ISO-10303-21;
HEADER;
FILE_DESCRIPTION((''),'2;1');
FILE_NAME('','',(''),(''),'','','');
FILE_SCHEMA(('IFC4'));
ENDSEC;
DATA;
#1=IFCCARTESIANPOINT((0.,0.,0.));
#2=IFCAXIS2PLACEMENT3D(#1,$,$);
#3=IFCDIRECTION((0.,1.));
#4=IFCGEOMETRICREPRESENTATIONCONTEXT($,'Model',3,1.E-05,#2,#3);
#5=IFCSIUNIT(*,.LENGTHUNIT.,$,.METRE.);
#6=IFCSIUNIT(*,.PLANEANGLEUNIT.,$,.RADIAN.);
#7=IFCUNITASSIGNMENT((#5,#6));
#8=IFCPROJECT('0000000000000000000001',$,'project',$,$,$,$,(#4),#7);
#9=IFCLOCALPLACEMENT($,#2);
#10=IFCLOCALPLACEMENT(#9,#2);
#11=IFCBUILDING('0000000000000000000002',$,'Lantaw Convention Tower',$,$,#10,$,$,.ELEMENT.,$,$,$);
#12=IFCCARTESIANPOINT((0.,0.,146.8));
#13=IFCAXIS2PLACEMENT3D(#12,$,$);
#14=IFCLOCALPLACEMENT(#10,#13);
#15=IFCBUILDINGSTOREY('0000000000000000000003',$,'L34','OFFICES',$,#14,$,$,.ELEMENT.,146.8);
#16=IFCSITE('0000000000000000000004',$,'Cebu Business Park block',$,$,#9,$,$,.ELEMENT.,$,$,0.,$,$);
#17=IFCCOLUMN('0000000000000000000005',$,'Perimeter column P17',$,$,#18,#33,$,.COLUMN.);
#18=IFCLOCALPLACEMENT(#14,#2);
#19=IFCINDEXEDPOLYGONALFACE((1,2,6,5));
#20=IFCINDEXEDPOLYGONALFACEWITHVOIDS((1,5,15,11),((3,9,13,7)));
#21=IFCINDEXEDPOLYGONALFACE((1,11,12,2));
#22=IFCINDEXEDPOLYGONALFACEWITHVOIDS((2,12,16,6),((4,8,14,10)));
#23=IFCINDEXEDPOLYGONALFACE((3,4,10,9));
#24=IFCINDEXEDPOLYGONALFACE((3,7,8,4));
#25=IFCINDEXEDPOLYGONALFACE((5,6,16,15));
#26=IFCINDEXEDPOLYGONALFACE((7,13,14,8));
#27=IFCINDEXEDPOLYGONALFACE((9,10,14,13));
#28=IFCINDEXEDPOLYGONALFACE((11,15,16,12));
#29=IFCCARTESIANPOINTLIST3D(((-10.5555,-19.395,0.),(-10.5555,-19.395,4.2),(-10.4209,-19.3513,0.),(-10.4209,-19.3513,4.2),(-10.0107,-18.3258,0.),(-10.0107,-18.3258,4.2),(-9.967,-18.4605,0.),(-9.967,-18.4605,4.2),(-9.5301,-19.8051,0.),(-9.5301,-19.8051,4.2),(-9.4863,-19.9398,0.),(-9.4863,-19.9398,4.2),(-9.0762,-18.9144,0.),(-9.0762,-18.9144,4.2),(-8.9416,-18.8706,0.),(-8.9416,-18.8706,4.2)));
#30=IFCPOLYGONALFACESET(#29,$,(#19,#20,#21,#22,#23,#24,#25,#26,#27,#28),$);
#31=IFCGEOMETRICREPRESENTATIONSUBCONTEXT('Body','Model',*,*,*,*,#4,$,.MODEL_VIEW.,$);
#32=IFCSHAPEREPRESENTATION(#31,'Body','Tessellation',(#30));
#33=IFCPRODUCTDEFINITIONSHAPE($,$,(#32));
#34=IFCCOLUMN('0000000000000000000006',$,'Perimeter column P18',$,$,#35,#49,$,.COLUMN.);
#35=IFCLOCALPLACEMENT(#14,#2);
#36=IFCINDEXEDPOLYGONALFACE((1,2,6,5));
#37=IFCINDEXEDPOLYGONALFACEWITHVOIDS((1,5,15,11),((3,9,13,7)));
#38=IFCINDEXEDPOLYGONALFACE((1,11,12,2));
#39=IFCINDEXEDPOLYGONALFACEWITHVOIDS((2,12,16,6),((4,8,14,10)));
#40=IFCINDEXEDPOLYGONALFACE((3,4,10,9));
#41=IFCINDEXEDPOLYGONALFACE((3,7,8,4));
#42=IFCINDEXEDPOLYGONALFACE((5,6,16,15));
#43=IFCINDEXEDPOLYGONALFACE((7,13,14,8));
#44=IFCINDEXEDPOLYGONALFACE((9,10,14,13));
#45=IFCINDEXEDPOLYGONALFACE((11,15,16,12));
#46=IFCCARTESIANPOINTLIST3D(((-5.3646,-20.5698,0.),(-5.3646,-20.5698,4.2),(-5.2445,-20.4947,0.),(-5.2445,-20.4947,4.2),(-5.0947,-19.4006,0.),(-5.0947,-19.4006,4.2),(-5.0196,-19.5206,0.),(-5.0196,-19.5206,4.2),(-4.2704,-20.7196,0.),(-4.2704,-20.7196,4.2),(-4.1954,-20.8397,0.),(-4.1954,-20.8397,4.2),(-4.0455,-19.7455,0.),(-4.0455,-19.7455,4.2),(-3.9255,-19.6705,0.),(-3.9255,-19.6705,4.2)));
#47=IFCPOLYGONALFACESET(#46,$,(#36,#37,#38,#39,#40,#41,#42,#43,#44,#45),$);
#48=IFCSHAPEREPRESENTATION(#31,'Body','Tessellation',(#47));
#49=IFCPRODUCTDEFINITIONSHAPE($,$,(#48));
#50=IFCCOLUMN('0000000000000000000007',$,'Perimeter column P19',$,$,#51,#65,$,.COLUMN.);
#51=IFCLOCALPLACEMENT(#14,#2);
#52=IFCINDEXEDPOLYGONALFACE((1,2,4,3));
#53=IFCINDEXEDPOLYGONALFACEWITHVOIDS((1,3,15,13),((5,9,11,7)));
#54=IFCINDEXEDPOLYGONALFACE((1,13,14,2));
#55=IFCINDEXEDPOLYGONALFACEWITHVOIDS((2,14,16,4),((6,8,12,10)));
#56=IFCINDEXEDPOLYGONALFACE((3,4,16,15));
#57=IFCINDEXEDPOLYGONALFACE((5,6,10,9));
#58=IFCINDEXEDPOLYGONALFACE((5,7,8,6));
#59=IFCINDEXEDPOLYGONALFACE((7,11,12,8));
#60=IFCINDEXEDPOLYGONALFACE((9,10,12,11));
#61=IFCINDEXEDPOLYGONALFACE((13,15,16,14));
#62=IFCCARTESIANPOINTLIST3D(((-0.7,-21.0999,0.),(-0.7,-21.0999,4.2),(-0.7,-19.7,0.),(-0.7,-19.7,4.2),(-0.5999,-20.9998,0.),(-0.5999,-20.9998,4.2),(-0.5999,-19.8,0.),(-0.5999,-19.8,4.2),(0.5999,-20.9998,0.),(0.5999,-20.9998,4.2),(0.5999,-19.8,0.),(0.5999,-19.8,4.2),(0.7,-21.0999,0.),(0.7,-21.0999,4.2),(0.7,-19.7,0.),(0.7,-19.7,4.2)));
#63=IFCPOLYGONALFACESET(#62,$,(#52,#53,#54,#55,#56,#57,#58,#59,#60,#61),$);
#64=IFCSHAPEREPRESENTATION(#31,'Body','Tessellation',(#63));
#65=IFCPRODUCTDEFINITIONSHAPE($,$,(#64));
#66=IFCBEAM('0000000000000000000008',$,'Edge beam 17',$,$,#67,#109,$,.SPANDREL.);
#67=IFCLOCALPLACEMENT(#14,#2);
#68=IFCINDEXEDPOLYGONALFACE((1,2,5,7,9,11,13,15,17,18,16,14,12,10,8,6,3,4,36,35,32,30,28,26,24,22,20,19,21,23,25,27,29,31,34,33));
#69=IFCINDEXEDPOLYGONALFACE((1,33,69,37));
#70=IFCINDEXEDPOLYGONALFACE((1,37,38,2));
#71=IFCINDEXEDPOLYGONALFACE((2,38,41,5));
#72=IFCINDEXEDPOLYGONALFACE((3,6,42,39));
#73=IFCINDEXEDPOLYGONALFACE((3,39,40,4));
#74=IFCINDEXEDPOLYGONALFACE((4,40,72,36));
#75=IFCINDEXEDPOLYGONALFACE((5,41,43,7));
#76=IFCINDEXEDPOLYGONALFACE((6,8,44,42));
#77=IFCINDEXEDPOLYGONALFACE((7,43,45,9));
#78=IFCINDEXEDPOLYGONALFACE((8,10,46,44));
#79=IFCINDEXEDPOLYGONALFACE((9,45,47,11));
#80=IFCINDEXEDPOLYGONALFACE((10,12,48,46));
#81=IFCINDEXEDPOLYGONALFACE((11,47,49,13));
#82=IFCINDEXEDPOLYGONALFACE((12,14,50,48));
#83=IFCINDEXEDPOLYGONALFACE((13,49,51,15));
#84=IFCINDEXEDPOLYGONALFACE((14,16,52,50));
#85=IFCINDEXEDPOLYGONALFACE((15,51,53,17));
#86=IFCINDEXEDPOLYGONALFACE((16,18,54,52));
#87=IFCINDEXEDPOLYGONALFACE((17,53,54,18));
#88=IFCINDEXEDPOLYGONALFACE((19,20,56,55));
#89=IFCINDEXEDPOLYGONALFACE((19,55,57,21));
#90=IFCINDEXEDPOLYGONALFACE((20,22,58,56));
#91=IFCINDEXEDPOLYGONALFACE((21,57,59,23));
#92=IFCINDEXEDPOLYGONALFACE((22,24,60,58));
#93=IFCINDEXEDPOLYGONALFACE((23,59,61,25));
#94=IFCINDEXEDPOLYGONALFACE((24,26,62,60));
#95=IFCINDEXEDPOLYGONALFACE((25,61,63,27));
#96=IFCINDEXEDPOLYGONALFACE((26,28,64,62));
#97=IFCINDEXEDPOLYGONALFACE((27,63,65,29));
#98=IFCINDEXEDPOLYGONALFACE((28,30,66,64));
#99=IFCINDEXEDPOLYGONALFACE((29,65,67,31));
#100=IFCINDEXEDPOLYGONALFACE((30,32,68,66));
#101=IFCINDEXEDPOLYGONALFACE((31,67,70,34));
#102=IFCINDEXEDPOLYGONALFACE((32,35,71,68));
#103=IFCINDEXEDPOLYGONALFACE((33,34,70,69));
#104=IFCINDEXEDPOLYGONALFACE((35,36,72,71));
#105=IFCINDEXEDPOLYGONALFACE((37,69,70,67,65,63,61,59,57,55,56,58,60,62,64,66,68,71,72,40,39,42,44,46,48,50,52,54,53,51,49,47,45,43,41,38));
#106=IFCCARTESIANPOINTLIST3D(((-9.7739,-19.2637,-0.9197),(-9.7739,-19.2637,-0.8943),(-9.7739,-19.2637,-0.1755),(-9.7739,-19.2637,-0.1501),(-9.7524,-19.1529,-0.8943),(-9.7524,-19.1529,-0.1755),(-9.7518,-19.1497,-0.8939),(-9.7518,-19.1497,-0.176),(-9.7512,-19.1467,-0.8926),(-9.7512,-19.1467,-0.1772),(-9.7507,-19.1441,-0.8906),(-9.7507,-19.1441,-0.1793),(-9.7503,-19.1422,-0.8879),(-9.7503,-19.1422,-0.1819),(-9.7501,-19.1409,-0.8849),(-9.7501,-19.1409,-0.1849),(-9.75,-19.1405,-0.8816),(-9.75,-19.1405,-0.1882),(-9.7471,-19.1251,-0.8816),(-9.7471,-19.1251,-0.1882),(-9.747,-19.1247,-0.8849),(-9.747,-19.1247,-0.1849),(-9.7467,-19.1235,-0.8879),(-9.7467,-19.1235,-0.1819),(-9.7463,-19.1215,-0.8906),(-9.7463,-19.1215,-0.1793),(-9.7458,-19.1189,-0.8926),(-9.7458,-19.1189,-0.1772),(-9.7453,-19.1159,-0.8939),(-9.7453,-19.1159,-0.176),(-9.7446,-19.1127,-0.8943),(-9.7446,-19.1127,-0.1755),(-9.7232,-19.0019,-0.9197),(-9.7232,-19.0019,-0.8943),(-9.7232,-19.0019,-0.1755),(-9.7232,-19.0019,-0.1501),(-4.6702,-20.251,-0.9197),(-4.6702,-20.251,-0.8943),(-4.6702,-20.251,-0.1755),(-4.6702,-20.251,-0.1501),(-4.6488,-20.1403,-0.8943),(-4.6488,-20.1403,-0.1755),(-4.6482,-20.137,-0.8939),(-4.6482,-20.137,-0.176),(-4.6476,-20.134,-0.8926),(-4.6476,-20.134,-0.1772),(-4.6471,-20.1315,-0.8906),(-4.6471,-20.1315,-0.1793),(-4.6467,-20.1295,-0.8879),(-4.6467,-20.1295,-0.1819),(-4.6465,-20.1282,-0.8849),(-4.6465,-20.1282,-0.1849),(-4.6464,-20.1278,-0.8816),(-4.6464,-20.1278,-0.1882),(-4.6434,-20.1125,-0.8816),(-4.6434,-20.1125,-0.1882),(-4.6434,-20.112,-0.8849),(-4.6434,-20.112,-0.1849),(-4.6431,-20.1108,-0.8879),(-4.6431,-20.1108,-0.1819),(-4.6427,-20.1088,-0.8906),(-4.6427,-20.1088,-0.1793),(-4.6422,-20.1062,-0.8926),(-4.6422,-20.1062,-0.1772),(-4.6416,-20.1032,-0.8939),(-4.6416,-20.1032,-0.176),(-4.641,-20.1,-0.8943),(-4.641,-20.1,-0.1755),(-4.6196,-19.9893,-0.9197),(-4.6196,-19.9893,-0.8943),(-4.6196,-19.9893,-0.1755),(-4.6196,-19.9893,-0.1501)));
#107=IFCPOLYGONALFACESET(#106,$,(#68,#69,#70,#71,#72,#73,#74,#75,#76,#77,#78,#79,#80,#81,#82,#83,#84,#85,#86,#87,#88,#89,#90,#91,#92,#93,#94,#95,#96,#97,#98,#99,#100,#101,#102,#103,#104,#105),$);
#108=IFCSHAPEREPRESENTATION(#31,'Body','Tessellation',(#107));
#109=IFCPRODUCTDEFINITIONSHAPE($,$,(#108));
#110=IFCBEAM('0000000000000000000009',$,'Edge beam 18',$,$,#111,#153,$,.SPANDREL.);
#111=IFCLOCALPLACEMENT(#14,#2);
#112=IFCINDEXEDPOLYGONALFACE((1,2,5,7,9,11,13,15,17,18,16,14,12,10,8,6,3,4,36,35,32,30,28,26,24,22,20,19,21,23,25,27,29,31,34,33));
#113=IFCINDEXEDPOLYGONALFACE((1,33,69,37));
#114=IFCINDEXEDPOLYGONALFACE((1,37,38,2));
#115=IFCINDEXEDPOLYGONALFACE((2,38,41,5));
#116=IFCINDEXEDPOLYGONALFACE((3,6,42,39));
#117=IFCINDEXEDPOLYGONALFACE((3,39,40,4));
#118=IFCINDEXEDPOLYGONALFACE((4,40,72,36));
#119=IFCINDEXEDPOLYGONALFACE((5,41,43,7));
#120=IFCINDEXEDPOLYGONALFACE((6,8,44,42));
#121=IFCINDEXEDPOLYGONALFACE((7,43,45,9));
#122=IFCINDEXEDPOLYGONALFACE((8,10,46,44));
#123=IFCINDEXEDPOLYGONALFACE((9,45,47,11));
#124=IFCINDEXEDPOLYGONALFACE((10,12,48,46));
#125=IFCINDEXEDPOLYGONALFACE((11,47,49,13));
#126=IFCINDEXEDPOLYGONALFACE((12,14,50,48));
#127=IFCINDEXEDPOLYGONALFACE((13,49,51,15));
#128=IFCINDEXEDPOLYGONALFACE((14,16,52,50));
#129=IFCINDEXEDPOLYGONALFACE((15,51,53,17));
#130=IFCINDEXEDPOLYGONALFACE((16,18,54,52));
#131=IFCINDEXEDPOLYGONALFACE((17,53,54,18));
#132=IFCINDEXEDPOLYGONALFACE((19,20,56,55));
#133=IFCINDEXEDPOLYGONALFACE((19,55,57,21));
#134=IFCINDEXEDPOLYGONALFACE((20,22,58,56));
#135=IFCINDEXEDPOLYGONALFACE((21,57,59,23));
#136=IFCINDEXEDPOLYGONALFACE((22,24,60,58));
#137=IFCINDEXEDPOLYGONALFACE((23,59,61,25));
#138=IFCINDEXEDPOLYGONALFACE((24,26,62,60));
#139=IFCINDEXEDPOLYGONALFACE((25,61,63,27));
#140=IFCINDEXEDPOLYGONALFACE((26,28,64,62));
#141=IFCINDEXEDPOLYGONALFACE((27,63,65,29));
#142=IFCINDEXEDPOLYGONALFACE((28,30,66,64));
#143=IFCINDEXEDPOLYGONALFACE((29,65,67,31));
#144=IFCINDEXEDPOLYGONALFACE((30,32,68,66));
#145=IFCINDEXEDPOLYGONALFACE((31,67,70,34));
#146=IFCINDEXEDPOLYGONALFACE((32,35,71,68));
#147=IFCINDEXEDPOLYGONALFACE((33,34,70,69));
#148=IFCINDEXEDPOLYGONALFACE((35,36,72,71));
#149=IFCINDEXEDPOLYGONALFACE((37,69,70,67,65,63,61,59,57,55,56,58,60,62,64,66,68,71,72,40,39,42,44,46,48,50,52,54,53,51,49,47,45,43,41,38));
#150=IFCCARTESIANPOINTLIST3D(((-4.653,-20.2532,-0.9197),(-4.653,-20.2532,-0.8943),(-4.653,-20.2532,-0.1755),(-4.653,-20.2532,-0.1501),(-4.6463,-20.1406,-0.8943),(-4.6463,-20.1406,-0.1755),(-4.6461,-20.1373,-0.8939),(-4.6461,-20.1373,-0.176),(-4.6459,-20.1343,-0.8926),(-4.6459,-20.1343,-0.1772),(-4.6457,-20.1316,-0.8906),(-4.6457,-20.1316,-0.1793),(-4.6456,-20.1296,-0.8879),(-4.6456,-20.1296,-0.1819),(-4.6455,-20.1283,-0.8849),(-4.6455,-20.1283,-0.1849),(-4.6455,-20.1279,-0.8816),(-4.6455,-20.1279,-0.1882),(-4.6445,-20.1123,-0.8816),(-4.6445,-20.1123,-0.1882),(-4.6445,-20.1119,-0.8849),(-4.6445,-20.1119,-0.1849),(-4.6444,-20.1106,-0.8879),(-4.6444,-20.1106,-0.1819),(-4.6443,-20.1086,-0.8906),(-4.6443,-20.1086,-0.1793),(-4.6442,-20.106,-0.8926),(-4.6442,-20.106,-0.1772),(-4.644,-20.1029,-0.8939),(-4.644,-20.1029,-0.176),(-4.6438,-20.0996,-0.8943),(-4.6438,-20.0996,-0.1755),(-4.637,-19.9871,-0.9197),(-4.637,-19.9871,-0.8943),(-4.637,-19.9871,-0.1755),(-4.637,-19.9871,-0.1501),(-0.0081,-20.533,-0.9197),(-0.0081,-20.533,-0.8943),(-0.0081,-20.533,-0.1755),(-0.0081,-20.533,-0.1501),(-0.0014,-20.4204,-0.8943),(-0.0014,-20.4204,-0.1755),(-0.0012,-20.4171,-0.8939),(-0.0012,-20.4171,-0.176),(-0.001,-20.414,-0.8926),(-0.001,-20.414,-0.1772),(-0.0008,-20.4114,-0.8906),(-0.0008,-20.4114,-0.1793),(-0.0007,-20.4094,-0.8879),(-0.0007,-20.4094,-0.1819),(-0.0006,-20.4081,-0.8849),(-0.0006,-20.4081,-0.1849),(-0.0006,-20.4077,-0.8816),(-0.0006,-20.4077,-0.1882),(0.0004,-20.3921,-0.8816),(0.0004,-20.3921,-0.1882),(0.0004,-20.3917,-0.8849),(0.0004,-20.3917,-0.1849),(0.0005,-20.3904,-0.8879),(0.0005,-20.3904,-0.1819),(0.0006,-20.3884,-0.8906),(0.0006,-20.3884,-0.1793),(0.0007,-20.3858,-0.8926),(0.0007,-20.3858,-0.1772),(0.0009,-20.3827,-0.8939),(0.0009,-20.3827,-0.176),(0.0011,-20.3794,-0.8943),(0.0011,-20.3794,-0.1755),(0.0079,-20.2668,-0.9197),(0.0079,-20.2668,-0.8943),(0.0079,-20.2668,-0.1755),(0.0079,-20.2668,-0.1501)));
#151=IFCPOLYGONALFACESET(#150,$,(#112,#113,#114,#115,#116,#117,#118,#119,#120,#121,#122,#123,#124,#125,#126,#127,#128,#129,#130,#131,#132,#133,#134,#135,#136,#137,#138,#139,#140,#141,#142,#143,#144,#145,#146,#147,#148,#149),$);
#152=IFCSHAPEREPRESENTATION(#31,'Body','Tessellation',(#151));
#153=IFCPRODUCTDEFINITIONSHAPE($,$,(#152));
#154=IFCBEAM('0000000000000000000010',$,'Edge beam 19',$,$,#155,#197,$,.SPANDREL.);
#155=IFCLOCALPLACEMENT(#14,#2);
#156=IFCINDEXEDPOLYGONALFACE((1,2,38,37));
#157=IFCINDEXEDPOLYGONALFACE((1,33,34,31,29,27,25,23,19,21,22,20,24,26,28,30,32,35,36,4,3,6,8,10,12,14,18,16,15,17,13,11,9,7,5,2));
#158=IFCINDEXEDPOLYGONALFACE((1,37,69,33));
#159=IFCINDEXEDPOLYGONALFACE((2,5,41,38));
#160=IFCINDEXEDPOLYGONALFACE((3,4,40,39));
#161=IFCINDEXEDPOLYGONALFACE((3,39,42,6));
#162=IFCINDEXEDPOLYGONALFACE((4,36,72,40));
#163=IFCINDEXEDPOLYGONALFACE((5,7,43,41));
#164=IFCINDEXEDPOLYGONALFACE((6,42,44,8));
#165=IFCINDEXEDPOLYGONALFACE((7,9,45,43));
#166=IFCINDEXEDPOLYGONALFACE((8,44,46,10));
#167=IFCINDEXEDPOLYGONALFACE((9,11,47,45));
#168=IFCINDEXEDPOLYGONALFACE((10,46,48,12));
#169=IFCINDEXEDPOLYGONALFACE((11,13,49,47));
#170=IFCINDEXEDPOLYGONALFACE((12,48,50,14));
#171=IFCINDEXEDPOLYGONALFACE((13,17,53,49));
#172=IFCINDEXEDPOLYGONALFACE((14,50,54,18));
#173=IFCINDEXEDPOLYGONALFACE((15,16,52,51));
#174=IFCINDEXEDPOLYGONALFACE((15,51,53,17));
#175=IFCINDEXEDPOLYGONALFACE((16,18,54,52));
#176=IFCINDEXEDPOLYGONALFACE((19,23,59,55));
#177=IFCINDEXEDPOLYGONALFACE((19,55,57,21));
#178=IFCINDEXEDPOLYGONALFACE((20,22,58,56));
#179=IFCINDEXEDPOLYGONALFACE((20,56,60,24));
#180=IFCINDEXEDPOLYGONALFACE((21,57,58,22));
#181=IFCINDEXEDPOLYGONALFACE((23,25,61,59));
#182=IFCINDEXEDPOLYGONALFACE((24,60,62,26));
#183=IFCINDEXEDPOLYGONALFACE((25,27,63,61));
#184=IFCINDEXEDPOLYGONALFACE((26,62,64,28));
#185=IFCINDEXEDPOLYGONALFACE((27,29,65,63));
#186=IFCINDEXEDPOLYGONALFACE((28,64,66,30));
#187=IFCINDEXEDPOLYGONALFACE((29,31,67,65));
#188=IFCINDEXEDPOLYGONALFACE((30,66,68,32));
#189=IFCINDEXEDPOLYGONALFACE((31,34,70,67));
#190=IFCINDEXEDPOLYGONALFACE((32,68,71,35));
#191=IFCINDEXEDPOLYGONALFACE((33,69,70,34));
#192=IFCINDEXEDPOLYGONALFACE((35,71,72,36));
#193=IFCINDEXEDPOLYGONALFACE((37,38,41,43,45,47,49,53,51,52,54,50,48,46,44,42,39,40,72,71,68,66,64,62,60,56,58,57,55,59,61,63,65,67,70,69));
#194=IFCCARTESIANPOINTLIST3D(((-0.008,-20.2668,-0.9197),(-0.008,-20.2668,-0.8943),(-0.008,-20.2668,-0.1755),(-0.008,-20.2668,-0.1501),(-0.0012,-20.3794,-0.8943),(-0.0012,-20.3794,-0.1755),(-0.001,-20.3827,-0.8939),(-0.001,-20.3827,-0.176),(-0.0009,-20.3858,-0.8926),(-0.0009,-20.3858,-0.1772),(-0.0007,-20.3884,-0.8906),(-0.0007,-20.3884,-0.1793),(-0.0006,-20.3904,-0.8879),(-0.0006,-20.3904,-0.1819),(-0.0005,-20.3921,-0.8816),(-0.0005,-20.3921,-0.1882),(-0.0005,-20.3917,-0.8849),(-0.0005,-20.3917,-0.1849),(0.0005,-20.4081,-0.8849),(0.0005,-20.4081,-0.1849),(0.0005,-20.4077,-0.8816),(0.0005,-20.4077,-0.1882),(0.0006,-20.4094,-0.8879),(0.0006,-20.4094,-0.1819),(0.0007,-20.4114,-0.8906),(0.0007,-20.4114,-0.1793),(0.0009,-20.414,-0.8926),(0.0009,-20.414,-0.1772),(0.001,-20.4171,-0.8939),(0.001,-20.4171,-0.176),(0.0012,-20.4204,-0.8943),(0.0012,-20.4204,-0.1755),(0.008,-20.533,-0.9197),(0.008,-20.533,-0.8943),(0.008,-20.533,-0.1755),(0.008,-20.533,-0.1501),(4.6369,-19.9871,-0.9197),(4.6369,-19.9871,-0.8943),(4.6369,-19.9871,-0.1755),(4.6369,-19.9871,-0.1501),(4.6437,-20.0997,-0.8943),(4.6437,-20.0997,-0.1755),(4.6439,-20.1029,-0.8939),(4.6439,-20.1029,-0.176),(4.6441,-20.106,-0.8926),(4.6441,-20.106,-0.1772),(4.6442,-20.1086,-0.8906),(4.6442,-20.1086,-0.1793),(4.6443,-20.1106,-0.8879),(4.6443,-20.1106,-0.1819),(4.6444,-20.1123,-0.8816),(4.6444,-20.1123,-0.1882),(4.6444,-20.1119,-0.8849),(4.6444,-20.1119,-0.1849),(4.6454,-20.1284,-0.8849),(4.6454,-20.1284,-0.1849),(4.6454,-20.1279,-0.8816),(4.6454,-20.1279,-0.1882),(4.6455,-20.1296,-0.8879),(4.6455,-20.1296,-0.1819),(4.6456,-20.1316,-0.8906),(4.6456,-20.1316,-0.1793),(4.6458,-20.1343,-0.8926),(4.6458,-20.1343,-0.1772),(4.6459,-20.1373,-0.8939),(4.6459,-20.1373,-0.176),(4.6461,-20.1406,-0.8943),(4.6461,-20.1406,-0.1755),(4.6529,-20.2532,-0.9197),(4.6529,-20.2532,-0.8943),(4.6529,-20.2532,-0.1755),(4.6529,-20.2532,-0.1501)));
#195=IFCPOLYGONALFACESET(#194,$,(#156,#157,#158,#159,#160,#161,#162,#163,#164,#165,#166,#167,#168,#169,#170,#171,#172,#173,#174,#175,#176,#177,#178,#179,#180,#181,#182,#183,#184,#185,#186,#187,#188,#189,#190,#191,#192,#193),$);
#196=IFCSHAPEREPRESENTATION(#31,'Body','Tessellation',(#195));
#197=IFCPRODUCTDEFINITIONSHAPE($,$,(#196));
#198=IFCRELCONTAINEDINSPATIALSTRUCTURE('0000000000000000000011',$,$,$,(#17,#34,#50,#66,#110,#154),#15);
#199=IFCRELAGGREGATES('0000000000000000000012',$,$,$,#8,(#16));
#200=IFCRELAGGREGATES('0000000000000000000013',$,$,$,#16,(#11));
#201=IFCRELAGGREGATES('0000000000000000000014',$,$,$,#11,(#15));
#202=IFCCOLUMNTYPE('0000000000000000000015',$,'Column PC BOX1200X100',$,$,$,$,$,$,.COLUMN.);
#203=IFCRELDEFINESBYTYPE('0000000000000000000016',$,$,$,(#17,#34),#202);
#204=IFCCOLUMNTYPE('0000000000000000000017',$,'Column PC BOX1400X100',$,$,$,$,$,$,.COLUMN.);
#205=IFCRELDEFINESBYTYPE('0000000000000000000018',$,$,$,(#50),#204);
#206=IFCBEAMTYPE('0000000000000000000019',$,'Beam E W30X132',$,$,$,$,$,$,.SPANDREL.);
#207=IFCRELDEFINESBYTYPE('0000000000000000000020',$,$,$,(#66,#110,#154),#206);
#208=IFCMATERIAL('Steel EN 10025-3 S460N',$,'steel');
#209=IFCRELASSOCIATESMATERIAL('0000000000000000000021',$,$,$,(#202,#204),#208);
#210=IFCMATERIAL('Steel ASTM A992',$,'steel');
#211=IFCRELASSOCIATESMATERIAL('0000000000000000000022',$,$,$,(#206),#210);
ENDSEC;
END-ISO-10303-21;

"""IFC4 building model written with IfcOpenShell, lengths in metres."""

from ifc_helpers import new_model, si_unit, direction, frame, origin, origin_2d, place, context, subcontext, project, spatial, rectangle, hollow_rectangle, i_section, extrude, material, material_profile, profile_set, type_object, element, save


model = new_model("IFC4")

# Units and contexts
model_context = context("Model", 3, precision=1e-05, world=origin(), true_north=direction((0.0, 1.0)))
body_context = subcontext(model_context, "Body", "Model", "MODEL_VIEW")
ifc_project = project(units=[si_unit("LENGTHUNIT", "METRE"), si_unit("PLANEANGLEUNIT", "RADIAN")], contexts=[model_context])

# Site, building, storey
site_placement = place(None, origin())
site = spatial("IfcSite", under=ifc_project, at=site_placement, Name="Cebu Business Park block", CompositionType="ELEMENT", RefElevation=0.0)
building_placement = place(site_placement, origin())
building = spatial("IfcBuilding", under=site, at=building_placement, Name="Lantaw Convention Tower", CompositionType="ELEMENT")
storey_placement = place(building_placement, frame((0.0, 0.0, 146.8)))
storey = spatial("IfcBuildingStorey", under=building, at=storey_placement, Name="L34", Description="OFFICES", CompositionType="ELEMENT", Elevation=146.8)

# Columns
ifc_material_1 = material(Name="Steel EN 10025-3 S460N", Category="steel")
ifc_material_profile_1 = material_profile(ifc_material_1, hollow_rectangle(XDim=1.2, YDim=1.2, WallThickness=0.1001, at=origin_2d()), Name="BOX1200X100")
ifc_material_2 = material(Name="Concrete C60/75", Category="concrete")
ifc_material_profile_2 = material_profile(ifc_material_2, rectangle(XDim=1.0, YDim=1.0, at=origin_2d()), Name="Concrete fill of BOX1200X100")
ifc_profile_set_1 = profile_set([ifc_material_profile_1, ifc_material_profile_2], Name="Steel EN 10025-3 S460N")
column_type_1 = type_object("IfcColumnType", Name="Column PC BOX1200X100", PredefinedType="COLUMN", material=ifc_profile_set_1)
for number, where, z_axis, x_axis, name in (
    (1, (-9.7485, -19.1328, 0.0), (0.0, 0.0, 1.0), (0.45399, 0.891007, 0.0), "Perimeter column P17"),
    (2, (-4.645, -20.1201, 0.0), (0.0, 0.0, 1.0), (0.224951, 0.97437, 0.0), "Perimeter column P18"),
):
    element("IfcColumn", number, at=place(storey_placement, frame(where, z_axis=z_axis, x_axis=x_axis)), inside=storey, type_object=column_type_1, Name=name, PredefinedType="COLUMN", context=body_context, shape_type="SweptSolid", body=[
        extrude(hollow_rectangle(XDim=1.2, YDim=1.2, WallThickness=0.1001, at=origin_2d()), origin(), (0.0, 0.0, 1.0), 4.2),
    ])
ifc_material_profile_3 = material_profile(ifc_material_1, hollow_rectangle(XDim=1.3999, YDim=1.3999, WallThickness=0.1001, at=origin_2d()), Name="BOX1400X100")
ifc_material_profile_4 = material_profile(ifc_material_2, rectangle(XDim=1.2, YDim=1.2, at=origin_2d()), Name="Concrete fill of BOX1400X100")
ifc_profile_set_2 = profile_set([ifc_material_profile_3, ifc_material_profile_4], Name="Steel EN 10025-3 S460N")
column_type_2 = type_object("IfcColumnType", Name="Column PC BOX1400X100", PredefinedType="COLUMN", material=ifc_profile_set_2)
column_placement = place(storey_placement, frame((0.0, -20.3999, 0.0), z_axis=(0.0, 0.0, 1.0), x_axis=(1.0, 0.0, 0.0)))
element("IfcColumn", 3, at=column_placement, inside=storey, type_object=column_type_2, Name="Perimeter column P19", PredefinedType="COLUMN", context=body_context, shape_type="SweptSolid", body=[
    extrude(hollow_rectangle(XDim=1.3999, YDim=1.3999, WallThickness=0.1001, at=origin_2d()), origin(), (0.0, 0.0, 1.0), 4.2),
])

# Beams
ifc_material_3 = material(Name="Steel ASTM A992", Category="steel")
ifc_material_profile_5 = material_profile(ifc_material_3, i_section(OverallWidth=0.2666, OverallDepth=0.7695, WebThickness=0.0156, FlangeThickness=0.0254, FilletRadius=0.0127, at=origin_2d()), Name="W30X132")
ifc_profile_set_3 = profile_set([ifc_material_profile_5], Name="Steel ASTM A992")
beam_type_1 = type_object("IfcBeamType", Name="Beam E W30X132", PredefinedType="SPANDREL", material=ifc_profile_set_3)
beam_1_placement = place(storey_placement, frame((-9.7485, -19.1328, -0.5349), z_axis=(0.981797, -0.189934, 0.0), x_axis=(0.189934, 0.981797, 0.0)))
element("IfcBeam", 4, at=beam_1_placement, inside=storey, type_object=beam_type_1, Name="Edge beam 17", PredefinedType="SPANDREL", context=body_context, shape_type="SweptSolid", body=[
    extrude(i_section(OverallWidth=0.2666, OverallDepth=0.7695, WebThickness=0.0156, FlangeThickness=0.0254, FilletRadius=0.0127, at=origin_2d()), origin(), (0.0, 0.0, 1.0), 5.1982),
])
for number, where, z_axis, x_axis, name in (
    (5, (-4.645, -20.1201, -0.5349), (0.998191, -0.060124, 0.0), (0.060124, 0.998191, 0.0), "Edge beam 18"),
    (6, (0.0, -20.3999, -0.5349), (0.998191, 0.060124, 0.0), (-0.060124, 0.998191, 0.0), "Edge beam 19"),
):
    element("IfcBeam", number, at=place(storey_placement, frame(where, z_axis=z_axis, x_axis=x_axis)), inside=storey, type_object=beam_type_1, Name=name, PredefinedType="SPANDREL", context=body_context, shape_type="SweptSolid", body=[
        extrude(i_section(OverallWidth=0.2666, OverallDepth=0.7695, WebThickness=0.0156, FlangeThickness=0.0254, FilletRadius=0.0127, at=origin_2d()), origin(), (0.0, 0.0, 1.0), 4.6533),
    ])

save(model, "model.ifc")
